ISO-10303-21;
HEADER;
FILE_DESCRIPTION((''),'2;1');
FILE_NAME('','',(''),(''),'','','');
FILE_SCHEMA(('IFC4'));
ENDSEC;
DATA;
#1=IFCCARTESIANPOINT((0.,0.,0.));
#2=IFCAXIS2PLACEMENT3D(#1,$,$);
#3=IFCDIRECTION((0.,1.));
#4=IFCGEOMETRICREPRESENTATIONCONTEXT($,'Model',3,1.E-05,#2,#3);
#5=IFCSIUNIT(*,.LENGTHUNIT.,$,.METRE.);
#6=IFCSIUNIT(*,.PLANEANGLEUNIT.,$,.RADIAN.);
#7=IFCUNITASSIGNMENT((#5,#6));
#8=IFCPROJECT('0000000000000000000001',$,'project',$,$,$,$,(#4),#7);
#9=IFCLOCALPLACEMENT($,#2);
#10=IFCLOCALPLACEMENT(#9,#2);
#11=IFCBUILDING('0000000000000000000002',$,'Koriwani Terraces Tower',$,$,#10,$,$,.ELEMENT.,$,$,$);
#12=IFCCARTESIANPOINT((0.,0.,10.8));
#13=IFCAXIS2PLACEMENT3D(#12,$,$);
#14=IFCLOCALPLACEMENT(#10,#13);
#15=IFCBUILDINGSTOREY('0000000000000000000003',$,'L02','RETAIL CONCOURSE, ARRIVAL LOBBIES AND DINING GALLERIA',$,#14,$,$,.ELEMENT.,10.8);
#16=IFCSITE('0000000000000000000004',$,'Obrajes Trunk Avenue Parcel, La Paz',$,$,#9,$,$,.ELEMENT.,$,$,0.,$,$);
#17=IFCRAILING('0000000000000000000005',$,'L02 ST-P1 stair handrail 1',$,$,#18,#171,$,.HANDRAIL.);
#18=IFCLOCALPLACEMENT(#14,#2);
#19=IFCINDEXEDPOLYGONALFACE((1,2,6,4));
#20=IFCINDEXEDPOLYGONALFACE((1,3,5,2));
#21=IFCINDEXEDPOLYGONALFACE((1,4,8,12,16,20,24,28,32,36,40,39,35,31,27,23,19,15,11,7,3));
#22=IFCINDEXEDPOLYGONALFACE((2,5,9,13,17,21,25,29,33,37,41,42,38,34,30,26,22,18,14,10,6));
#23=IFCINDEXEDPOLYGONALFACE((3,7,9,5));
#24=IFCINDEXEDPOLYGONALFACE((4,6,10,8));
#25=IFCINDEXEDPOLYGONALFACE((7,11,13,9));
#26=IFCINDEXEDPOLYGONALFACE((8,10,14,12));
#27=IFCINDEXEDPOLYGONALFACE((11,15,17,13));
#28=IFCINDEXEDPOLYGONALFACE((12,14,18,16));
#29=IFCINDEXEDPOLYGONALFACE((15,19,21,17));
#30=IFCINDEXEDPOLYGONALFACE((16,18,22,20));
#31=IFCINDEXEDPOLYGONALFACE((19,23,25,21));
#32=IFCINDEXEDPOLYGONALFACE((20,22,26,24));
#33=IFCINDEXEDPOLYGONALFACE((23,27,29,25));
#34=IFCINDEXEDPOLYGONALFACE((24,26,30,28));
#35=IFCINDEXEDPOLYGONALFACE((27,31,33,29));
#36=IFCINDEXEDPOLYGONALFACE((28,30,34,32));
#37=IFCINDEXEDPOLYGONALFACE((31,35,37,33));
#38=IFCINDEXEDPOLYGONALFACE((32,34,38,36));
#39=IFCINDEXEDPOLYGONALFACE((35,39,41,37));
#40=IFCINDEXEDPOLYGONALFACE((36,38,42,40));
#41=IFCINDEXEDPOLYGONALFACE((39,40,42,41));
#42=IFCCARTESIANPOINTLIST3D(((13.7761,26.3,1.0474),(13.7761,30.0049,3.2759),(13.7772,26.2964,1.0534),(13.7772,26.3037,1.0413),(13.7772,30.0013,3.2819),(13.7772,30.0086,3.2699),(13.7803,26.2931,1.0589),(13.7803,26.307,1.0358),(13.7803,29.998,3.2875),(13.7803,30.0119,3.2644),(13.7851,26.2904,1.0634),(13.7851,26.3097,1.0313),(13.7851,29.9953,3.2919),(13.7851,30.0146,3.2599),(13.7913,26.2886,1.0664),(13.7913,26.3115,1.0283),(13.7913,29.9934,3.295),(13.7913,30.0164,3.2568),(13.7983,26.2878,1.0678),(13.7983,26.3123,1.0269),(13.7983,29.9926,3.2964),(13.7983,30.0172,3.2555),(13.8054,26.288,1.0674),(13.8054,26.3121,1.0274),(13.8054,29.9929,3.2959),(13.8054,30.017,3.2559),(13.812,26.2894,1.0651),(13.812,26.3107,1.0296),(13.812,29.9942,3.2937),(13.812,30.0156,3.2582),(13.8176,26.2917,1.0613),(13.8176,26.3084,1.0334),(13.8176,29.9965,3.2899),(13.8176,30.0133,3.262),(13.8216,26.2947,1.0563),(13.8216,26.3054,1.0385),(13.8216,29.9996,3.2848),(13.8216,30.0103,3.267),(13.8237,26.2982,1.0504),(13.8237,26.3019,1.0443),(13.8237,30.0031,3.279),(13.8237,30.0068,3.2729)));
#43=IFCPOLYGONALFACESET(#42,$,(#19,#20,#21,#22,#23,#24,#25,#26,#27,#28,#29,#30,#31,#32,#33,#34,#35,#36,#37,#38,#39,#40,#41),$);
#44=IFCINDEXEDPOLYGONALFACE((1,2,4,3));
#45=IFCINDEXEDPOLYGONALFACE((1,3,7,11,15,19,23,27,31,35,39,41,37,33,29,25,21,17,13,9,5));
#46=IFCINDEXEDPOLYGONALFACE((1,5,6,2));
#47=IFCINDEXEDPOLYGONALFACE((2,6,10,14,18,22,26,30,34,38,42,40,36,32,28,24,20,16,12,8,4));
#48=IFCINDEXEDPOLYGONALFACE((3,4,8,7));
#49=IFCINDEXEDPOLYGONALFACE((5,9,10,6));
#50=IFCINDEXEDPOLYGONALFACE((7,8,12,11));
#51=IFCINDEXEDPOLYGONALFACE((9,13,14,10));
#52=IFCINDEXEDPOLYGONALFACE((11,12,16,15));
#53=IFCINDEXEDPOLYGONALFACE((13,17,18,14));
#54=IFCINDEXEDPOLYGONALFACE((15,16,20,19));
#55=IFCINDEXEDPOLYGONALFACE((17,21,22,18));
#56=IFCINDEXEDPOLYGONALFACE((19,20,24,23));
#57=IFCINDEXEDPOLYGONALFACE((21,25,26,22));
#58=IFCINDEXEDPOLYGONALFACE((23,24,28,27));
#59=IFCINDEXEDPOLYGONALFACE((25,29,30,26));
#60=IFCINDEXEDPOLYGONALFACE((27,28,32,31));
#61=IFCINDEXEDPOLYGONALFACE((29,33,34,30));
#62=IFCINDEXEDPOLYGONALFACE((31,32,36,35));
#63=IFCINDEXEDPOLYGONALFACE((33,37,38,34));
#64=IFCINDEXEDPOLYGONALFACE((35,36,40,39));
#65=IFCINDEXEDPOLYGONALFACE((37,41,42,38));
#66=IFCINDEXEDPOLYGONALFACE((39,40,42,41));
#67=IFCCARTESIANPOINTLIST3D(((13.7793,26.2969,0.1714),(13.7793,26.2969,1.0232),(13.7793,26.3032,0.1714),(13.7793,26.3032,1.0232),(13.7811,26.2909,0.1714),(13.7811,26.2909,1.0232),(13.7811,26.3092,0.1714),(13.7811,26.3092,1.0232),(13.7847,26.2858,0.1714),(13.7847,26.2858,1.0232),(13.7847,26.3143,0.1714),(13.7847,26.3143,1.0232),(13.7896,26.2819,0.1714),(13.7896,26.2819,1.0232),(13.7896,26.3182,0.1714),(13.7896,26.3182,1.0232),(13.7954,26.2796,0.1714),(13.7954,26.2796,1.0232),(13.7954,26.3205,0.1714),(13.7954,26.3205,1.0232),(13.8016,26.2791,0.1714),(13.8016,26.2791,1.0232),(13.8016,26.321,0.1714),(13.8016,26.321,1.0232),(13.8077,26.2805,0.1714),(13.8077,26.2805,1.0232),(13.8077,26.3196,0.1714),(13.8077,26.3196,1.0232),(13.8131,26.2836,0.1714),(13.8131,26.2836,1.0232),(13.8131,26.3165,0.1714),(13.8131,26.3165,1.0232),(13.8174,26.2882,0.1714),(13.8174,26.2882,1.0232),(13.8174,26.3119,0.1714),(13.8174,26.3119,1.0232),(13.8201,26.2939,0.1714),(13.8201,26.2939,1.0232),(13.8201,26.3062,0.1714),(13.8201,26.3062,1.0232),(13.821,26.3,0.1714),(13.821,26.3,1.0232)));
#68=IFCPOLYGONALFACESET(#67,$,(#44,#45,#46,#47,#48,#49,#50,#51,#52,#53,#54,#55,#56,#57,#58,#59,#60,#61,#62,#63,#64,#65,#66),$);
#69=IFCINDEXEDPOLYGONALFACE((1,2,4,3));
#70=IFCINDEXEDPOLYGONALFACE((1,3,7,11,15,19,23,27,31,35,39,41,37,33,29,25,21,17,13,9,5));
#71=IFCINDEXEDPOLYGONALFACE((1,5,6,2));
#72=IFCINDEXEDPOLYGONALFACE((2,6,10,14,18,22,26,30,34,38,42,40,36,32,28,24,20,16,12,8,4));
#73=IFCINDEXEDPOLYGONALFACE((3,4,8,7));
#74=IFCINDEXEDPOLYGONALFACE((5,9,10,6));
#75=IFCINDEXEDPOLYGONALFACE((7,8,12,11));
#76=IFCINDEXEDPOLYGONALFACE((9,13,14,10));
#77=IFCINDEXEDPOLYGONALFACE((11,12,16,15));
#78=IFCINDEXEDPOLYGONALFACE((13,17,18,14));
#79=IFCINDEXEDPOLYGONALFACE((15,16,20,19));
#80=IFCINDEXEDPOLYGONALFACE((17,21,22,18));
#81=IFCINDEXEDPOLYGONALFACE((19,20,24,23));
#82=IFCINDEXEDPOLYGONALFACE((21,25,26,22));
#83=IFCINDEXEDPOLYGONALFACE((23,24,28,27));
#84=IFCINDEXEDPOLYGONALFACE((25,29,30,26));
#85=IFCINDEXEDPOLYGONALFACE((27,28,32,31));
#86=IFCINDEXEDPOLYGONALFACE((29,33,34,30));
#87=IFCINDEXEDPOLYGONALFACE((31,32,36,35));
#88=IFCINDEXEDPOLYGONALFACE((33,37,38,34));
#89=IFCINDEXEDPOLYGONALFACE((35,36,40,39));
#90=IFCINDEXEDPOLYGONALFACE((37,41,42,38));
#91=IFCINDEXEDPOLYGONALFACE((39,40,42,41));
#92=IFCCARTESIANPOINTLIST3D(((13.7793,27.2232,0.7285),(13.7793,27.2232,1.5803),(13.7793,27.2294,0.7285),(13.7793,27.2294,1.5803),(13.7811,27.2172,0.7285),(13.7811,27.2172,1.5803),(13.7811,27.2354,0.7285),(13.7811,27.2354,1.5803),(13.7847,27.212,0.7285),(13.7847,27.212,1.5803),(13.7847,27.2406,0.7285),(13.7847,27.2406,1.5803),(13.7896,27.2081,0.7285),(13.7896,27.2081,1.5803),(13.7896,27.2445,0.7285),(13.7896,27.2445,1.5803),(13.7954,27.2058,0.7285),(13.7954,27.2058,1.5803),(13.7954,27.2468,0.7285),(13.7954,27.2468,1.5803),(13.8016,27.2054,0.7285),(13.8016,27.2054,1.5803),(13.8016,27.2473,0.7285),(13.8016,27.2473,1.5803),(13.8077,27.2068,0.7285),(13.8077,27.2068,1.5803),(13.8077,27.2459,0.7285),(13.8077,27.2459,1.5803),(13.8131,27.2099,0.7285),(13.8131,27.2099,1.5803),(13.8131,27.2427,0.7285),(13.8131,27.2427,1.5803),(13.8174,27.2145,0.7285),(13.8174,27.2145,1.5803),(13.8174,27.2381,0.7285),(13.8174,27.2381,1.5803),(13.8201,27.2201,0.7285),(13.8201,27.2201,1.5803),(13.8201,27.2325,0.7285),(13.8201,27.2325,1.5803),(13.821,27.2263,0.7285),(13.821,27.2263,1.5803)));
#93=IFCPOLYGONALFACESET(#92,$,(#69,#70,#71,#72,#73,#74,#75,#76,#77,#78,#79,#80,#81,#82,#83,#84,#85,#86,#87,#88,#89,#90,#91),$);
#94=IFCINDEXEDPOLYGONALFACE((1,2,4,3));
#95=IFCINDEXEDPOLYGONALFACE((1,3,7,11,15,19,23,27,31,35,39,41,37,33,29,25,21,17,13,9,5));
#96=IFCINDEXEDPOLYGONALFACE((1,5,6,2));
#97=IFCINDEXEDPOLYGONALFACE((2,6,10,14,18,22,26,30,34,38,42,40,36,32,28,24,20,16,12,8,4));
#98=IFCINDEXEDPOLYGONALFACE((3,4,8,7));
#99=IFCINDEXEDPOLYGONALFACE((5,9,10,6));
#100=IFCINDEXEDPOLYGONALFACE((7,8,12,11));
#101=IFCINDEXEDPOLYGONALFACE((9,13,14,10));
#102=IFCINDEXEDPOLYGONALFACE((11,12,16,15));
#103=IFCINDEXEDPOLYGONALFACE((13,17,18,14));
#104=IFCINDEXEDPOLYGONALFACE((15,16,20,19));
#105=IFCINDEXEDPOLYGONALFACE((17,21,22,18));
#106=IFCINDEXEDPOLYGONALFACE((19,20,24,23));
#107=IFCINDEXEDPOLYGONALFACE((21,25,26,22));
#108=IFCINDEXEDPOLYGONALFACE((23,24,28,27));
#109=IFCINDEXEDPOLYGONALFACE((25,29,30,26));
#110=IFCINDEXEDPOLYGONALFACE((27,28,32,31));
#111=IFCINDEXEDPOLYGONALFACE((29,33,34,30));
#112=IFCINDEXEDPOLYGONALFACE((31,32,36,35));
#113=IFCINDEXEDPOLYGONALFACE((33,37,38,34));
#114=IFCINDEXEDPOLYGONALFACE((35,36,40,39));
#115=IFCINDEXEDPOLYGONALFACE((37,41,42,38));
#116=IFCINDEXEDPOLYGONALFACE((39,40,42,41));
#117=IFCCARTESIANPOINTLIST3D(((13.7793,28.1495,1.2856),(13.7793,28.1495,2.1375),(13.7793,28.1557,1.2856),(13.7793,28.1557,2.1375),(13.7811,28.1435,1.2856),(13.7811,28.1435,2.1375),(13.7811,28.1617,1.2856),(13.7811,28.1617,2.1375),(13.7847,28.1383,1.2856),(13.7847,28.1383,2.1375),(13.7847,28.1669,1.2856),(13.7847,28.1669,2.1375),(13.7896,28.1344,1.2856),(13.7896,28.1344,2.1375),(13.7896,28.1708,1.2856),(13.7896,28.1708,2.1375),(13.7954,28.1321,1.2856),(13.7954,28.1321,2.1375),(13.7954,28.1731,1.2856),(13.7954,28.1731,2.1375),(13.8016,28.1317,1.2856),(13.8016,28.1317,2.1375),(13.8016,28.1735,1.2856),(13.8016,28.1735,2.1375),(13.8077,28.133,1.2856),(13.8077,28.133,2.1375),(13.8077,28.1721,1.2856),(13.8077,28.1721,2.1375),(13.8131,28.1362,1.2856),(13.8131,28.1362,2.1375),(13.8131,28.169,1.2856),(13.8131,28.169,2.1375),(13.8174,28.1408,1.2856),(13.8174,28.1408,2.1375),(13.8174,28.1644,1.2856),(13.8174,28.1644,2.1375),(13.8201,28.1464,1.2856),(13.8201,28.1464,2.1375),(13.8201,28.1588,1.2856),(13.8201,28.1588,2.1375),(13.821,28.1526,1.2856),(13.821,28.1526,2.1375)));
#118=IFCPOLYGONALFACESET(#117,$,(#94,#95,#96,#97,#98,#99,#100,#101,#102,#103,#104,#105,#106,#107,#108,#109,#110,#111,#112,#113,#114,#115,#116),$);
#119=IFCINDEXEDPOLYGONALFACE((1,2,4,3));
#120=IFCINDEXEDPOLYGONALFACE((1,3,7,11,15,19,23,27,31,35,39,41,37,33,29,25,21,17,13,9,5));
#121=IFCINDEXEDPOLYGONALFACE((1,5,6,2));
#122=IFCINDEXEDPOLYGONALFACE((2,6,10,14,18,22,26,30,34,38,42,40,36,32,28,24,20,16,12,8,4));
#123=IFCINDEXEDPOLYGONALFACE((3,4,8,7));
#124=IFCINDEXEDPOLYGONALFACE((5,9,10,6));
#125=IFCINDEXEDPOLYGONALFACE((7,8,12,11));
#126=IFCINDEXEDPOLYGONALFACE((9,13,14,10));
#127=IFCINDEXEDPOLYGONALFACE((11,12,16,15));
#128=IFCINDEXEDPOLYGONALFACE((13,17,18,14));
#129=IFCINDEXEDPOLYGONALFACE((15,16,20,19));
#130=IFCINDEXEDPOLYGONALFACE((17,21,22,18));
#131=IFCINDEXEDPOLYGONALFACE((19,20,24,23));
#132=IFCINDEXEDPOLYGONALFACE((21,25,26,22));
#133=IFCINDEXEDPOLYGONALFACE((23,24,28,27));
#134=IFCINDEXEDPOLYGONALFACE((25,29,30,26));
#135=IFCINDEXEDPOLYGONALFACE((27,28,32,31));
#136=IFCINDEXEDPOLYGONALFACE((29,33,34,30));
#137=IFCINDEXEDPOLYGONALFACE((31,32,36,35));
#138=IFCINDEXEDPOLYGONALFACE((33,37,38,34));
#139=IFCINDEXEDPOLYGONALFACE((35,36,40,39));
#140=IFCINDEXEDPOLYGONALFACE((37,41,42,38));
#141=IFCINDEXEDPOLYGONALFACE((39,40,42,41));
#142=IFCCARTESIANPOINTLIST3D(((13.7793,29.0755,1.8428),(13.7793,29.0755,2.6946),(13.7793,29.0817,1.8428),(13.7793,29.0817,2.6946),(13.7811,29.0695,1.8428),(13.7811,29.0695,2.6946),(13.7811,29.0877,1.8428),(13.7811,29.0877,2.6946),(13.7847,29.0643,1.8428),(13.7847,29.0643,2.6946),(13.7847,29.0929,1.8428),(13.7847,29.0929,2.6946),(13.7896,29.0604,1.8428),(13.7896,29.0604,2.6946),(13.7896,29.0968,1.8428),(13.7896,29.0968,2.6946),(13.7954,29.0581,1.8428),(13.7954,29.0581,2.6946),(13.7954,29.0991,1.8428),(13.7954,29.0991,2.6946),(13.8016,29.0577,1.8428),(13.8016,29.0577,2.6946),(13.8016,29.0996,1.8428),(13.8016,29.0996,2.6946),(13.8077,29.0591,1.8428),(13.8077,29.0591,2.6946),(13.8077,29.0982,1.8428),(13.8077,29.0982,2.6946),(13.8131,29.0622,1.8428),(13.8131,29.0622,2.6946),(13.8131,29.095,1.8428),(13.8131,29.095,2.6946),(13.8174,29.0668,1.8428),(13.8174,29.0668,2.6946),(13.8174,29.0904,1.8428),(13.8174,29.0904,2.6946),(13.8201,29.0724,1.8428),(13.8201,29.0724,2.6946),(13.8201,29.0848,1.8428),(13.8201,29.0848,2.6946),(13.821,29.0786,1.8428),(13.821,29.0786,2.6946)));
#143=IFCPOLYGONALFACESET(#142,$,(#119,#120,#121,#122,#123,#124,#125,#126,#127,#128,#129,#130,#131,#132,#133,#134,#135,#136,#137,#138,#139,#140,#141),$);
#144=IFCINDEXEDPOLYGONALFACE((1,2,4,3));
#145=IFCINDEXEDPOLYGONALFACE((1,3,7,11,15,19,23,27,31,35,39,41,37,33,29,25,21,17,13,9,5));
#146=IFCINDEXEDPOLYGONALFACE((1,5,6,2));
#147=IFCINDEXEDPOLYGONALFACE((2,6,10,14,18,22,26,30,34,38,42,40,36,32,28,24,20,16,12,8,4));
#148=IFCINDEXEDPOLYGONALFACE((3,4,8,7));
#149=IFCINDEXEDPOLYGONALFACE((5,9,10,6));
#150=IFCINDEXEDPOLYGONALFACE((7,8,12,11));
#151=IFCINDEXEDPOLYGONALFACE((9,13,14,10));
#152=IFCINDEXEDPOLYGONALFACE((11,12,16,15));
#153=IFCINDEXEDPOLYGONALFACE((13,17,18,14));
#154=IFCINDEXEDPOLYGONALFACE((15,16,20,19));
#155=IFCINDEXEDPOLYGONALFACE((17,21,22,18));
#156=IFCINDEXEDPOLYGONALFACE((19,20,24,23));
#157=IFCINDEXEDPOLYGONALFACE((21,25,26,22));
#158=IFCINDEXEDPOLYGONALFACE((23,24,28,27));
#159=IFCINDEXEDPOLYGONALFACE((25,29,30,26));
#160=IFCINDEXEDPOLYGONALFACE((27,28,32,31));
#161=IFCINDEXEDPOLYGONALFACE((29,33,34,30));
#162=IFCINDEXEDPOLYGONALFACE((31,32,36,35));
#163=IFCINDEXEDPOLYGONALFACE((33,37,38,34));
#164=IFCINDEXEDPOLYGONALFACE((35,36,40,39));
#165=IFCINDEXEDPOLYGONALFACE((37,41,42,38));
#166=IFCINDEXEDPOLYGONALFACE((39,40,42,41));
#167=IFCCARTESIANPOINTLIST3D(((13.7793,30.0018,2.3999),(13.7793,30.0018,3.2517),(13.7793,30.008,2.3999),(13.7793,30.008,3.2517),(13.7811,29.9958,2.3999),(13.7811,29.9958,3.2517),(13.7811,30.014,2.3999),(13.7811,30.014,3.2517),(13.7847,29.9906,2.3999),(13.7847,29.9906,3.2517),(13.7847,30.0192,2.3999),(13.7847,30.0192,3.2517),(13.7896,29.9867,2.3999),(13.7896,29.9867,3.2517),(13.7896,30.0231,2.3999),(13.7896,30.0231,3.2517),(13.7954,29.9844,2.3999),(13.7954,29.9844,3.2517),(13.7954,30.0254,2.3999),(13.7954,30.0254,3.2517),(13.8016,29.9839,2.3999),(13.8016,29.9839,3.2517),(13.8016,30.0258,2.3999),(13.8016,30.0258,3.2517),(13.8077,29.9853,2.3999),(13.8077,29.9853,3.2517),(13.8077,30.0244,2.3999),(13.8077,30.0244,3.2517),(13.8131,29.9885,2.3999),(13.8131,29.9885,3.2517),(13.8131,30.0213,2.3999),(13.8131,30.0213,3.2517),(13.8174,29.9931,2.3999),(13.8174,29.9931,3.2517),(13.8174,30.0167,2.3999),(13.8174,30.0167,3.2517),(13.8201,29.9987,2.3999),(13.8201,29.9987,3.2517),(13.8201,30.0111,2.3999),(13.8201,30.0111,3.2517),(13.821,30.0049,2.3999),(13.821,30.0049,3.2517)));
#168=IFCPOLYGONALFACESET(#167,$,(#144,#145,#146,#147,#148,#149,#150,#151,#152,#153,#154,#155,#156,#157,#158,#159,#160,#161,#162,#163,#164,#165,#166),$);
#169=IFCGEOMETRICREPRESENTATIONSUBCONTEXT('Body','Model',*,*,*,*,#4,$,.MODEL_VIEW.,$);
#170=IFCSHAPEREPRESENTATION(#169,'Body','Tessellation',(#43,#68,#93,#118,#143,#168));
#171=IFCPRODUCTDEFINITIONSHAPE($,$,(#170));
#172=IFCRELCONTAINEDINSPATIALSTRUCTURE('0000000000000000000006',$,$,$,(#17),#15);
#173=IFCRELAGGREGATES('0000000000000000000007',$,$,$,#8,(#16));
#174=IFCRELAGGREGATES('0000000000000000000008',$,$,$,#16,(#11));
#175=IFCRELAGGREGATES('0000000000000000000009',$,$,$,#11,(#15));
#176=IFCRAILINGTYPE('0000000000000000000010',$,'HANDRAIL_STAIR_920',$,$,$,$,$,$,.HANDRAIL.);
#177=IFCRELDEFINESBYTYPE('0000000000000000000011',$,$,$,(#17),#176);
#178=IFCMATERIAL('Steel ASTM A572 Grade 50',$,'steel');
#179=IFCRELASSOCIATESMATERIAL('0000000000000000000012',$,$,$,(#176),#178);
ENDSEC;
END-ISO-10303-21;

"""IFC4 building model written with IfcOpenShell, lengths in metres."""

from ifc_helpers import new_model, si_unit, direction, frame, origin, origin_2d, place, context, subcontext, project, spatial, circle, extrude, material, type_object, element, save


model = new_model("IFC4")

# Units and contexts
model_context = context("Model", 3, precision=1e-05, world=origin(), true_north=direction((0.0, 1.0)))
body_context = subcontext(model_context, "Body", "Model", "MODEL_VIEW")
ifc_project = project(units=[si_unit("LENGTHUNIT", "METRE"), si_unit("PLANEANGLEUNIT", "RADIAN")], contexts=[model_context])

# Site, building, storey
site_placement = place(None, origin())
site = spatial("IfcSite", under=ifc_project, at=site_placement, Name="Obrajes Trunk Avenue Parcel, La Paz", CompositionType="ELEMENT", RefElevation=0.0)
building_placement = place(site_placement, origin())
building = spatial("IfcBuilding", under=site, at=building_placement, Name="Koriwani Terraces Tower", CompositionType="ELEMENT")
storey_placement = place(building_placement, frame((0.0, 0.0, 10.8)))
storey = spatial("IfcBuildingStorey", under=building, at=storey_placement, Name="L02", Description="RETAIL CONCOURSE, ARRIVAL LOBBIES AND DINING GALLERIA", CompositionType="ELEMENT", Elevation=10.8)

# Shared definitions
ifc_material_1 = material(Name="Steel ASTM A572 Grade 50", Category="steel")

# Railing
railing_type_1 = type_object("IfcRailingType", Name="HANDRAIL_STAIR_920", PredefinedType="HANDRAIL", material=ifc_material_1)
railing_1_placement = place(storey_placement, frame((13.8, 26.3, 0.1714)))
element("IfcRailing", 1, at=railing_1_placement, inside=storey, type_object=railing_type_1, Name="L02 ST-P1 stair handrail 1", PredefinedType="HANDRAIL", context=body_context, shape_type="SweptSolid", body=[
    extrude(circle(Radius=0.0239, at=origin_2d()), frame((0.0, 0.0, 0.876), z_axis=(0.0, 0.856919, 0.51545), x_axis=(-1.0, 0.0, 0.0)), (0.0, 0.0, 1.0), 4.3235),
    extrude(circle(Radius=0.021, at=origin_2d()), origin(), (0.0, 0.0, 1.0), 0.8518),
    extrude(circle(Radius=0.021, at=origin_2d()), frame((0.0, 0.9263, 0.5571)), (0.0, 0.0, 1.0), 0.8518),
    extrude(circle(Radius=0.021, at=origin_2d()), frame((0.0, 1.8525, 1.1143)), (0.0, 0.0, 1.0), 0.8518),
    extrude(circle(Radius=0.021, at=origin_2d()), frame((0.0, 2.7786, 1.6714)), (0.0, 0.0, 1.0), 0.8518),
    extrude(circle(Radius=0.021, at=origin_2d()), frame((0.0, 3.7048, 2.2285)), (0.0, 0.0, 1.0), 0.8518),
])

save(model, "model.ifc")
